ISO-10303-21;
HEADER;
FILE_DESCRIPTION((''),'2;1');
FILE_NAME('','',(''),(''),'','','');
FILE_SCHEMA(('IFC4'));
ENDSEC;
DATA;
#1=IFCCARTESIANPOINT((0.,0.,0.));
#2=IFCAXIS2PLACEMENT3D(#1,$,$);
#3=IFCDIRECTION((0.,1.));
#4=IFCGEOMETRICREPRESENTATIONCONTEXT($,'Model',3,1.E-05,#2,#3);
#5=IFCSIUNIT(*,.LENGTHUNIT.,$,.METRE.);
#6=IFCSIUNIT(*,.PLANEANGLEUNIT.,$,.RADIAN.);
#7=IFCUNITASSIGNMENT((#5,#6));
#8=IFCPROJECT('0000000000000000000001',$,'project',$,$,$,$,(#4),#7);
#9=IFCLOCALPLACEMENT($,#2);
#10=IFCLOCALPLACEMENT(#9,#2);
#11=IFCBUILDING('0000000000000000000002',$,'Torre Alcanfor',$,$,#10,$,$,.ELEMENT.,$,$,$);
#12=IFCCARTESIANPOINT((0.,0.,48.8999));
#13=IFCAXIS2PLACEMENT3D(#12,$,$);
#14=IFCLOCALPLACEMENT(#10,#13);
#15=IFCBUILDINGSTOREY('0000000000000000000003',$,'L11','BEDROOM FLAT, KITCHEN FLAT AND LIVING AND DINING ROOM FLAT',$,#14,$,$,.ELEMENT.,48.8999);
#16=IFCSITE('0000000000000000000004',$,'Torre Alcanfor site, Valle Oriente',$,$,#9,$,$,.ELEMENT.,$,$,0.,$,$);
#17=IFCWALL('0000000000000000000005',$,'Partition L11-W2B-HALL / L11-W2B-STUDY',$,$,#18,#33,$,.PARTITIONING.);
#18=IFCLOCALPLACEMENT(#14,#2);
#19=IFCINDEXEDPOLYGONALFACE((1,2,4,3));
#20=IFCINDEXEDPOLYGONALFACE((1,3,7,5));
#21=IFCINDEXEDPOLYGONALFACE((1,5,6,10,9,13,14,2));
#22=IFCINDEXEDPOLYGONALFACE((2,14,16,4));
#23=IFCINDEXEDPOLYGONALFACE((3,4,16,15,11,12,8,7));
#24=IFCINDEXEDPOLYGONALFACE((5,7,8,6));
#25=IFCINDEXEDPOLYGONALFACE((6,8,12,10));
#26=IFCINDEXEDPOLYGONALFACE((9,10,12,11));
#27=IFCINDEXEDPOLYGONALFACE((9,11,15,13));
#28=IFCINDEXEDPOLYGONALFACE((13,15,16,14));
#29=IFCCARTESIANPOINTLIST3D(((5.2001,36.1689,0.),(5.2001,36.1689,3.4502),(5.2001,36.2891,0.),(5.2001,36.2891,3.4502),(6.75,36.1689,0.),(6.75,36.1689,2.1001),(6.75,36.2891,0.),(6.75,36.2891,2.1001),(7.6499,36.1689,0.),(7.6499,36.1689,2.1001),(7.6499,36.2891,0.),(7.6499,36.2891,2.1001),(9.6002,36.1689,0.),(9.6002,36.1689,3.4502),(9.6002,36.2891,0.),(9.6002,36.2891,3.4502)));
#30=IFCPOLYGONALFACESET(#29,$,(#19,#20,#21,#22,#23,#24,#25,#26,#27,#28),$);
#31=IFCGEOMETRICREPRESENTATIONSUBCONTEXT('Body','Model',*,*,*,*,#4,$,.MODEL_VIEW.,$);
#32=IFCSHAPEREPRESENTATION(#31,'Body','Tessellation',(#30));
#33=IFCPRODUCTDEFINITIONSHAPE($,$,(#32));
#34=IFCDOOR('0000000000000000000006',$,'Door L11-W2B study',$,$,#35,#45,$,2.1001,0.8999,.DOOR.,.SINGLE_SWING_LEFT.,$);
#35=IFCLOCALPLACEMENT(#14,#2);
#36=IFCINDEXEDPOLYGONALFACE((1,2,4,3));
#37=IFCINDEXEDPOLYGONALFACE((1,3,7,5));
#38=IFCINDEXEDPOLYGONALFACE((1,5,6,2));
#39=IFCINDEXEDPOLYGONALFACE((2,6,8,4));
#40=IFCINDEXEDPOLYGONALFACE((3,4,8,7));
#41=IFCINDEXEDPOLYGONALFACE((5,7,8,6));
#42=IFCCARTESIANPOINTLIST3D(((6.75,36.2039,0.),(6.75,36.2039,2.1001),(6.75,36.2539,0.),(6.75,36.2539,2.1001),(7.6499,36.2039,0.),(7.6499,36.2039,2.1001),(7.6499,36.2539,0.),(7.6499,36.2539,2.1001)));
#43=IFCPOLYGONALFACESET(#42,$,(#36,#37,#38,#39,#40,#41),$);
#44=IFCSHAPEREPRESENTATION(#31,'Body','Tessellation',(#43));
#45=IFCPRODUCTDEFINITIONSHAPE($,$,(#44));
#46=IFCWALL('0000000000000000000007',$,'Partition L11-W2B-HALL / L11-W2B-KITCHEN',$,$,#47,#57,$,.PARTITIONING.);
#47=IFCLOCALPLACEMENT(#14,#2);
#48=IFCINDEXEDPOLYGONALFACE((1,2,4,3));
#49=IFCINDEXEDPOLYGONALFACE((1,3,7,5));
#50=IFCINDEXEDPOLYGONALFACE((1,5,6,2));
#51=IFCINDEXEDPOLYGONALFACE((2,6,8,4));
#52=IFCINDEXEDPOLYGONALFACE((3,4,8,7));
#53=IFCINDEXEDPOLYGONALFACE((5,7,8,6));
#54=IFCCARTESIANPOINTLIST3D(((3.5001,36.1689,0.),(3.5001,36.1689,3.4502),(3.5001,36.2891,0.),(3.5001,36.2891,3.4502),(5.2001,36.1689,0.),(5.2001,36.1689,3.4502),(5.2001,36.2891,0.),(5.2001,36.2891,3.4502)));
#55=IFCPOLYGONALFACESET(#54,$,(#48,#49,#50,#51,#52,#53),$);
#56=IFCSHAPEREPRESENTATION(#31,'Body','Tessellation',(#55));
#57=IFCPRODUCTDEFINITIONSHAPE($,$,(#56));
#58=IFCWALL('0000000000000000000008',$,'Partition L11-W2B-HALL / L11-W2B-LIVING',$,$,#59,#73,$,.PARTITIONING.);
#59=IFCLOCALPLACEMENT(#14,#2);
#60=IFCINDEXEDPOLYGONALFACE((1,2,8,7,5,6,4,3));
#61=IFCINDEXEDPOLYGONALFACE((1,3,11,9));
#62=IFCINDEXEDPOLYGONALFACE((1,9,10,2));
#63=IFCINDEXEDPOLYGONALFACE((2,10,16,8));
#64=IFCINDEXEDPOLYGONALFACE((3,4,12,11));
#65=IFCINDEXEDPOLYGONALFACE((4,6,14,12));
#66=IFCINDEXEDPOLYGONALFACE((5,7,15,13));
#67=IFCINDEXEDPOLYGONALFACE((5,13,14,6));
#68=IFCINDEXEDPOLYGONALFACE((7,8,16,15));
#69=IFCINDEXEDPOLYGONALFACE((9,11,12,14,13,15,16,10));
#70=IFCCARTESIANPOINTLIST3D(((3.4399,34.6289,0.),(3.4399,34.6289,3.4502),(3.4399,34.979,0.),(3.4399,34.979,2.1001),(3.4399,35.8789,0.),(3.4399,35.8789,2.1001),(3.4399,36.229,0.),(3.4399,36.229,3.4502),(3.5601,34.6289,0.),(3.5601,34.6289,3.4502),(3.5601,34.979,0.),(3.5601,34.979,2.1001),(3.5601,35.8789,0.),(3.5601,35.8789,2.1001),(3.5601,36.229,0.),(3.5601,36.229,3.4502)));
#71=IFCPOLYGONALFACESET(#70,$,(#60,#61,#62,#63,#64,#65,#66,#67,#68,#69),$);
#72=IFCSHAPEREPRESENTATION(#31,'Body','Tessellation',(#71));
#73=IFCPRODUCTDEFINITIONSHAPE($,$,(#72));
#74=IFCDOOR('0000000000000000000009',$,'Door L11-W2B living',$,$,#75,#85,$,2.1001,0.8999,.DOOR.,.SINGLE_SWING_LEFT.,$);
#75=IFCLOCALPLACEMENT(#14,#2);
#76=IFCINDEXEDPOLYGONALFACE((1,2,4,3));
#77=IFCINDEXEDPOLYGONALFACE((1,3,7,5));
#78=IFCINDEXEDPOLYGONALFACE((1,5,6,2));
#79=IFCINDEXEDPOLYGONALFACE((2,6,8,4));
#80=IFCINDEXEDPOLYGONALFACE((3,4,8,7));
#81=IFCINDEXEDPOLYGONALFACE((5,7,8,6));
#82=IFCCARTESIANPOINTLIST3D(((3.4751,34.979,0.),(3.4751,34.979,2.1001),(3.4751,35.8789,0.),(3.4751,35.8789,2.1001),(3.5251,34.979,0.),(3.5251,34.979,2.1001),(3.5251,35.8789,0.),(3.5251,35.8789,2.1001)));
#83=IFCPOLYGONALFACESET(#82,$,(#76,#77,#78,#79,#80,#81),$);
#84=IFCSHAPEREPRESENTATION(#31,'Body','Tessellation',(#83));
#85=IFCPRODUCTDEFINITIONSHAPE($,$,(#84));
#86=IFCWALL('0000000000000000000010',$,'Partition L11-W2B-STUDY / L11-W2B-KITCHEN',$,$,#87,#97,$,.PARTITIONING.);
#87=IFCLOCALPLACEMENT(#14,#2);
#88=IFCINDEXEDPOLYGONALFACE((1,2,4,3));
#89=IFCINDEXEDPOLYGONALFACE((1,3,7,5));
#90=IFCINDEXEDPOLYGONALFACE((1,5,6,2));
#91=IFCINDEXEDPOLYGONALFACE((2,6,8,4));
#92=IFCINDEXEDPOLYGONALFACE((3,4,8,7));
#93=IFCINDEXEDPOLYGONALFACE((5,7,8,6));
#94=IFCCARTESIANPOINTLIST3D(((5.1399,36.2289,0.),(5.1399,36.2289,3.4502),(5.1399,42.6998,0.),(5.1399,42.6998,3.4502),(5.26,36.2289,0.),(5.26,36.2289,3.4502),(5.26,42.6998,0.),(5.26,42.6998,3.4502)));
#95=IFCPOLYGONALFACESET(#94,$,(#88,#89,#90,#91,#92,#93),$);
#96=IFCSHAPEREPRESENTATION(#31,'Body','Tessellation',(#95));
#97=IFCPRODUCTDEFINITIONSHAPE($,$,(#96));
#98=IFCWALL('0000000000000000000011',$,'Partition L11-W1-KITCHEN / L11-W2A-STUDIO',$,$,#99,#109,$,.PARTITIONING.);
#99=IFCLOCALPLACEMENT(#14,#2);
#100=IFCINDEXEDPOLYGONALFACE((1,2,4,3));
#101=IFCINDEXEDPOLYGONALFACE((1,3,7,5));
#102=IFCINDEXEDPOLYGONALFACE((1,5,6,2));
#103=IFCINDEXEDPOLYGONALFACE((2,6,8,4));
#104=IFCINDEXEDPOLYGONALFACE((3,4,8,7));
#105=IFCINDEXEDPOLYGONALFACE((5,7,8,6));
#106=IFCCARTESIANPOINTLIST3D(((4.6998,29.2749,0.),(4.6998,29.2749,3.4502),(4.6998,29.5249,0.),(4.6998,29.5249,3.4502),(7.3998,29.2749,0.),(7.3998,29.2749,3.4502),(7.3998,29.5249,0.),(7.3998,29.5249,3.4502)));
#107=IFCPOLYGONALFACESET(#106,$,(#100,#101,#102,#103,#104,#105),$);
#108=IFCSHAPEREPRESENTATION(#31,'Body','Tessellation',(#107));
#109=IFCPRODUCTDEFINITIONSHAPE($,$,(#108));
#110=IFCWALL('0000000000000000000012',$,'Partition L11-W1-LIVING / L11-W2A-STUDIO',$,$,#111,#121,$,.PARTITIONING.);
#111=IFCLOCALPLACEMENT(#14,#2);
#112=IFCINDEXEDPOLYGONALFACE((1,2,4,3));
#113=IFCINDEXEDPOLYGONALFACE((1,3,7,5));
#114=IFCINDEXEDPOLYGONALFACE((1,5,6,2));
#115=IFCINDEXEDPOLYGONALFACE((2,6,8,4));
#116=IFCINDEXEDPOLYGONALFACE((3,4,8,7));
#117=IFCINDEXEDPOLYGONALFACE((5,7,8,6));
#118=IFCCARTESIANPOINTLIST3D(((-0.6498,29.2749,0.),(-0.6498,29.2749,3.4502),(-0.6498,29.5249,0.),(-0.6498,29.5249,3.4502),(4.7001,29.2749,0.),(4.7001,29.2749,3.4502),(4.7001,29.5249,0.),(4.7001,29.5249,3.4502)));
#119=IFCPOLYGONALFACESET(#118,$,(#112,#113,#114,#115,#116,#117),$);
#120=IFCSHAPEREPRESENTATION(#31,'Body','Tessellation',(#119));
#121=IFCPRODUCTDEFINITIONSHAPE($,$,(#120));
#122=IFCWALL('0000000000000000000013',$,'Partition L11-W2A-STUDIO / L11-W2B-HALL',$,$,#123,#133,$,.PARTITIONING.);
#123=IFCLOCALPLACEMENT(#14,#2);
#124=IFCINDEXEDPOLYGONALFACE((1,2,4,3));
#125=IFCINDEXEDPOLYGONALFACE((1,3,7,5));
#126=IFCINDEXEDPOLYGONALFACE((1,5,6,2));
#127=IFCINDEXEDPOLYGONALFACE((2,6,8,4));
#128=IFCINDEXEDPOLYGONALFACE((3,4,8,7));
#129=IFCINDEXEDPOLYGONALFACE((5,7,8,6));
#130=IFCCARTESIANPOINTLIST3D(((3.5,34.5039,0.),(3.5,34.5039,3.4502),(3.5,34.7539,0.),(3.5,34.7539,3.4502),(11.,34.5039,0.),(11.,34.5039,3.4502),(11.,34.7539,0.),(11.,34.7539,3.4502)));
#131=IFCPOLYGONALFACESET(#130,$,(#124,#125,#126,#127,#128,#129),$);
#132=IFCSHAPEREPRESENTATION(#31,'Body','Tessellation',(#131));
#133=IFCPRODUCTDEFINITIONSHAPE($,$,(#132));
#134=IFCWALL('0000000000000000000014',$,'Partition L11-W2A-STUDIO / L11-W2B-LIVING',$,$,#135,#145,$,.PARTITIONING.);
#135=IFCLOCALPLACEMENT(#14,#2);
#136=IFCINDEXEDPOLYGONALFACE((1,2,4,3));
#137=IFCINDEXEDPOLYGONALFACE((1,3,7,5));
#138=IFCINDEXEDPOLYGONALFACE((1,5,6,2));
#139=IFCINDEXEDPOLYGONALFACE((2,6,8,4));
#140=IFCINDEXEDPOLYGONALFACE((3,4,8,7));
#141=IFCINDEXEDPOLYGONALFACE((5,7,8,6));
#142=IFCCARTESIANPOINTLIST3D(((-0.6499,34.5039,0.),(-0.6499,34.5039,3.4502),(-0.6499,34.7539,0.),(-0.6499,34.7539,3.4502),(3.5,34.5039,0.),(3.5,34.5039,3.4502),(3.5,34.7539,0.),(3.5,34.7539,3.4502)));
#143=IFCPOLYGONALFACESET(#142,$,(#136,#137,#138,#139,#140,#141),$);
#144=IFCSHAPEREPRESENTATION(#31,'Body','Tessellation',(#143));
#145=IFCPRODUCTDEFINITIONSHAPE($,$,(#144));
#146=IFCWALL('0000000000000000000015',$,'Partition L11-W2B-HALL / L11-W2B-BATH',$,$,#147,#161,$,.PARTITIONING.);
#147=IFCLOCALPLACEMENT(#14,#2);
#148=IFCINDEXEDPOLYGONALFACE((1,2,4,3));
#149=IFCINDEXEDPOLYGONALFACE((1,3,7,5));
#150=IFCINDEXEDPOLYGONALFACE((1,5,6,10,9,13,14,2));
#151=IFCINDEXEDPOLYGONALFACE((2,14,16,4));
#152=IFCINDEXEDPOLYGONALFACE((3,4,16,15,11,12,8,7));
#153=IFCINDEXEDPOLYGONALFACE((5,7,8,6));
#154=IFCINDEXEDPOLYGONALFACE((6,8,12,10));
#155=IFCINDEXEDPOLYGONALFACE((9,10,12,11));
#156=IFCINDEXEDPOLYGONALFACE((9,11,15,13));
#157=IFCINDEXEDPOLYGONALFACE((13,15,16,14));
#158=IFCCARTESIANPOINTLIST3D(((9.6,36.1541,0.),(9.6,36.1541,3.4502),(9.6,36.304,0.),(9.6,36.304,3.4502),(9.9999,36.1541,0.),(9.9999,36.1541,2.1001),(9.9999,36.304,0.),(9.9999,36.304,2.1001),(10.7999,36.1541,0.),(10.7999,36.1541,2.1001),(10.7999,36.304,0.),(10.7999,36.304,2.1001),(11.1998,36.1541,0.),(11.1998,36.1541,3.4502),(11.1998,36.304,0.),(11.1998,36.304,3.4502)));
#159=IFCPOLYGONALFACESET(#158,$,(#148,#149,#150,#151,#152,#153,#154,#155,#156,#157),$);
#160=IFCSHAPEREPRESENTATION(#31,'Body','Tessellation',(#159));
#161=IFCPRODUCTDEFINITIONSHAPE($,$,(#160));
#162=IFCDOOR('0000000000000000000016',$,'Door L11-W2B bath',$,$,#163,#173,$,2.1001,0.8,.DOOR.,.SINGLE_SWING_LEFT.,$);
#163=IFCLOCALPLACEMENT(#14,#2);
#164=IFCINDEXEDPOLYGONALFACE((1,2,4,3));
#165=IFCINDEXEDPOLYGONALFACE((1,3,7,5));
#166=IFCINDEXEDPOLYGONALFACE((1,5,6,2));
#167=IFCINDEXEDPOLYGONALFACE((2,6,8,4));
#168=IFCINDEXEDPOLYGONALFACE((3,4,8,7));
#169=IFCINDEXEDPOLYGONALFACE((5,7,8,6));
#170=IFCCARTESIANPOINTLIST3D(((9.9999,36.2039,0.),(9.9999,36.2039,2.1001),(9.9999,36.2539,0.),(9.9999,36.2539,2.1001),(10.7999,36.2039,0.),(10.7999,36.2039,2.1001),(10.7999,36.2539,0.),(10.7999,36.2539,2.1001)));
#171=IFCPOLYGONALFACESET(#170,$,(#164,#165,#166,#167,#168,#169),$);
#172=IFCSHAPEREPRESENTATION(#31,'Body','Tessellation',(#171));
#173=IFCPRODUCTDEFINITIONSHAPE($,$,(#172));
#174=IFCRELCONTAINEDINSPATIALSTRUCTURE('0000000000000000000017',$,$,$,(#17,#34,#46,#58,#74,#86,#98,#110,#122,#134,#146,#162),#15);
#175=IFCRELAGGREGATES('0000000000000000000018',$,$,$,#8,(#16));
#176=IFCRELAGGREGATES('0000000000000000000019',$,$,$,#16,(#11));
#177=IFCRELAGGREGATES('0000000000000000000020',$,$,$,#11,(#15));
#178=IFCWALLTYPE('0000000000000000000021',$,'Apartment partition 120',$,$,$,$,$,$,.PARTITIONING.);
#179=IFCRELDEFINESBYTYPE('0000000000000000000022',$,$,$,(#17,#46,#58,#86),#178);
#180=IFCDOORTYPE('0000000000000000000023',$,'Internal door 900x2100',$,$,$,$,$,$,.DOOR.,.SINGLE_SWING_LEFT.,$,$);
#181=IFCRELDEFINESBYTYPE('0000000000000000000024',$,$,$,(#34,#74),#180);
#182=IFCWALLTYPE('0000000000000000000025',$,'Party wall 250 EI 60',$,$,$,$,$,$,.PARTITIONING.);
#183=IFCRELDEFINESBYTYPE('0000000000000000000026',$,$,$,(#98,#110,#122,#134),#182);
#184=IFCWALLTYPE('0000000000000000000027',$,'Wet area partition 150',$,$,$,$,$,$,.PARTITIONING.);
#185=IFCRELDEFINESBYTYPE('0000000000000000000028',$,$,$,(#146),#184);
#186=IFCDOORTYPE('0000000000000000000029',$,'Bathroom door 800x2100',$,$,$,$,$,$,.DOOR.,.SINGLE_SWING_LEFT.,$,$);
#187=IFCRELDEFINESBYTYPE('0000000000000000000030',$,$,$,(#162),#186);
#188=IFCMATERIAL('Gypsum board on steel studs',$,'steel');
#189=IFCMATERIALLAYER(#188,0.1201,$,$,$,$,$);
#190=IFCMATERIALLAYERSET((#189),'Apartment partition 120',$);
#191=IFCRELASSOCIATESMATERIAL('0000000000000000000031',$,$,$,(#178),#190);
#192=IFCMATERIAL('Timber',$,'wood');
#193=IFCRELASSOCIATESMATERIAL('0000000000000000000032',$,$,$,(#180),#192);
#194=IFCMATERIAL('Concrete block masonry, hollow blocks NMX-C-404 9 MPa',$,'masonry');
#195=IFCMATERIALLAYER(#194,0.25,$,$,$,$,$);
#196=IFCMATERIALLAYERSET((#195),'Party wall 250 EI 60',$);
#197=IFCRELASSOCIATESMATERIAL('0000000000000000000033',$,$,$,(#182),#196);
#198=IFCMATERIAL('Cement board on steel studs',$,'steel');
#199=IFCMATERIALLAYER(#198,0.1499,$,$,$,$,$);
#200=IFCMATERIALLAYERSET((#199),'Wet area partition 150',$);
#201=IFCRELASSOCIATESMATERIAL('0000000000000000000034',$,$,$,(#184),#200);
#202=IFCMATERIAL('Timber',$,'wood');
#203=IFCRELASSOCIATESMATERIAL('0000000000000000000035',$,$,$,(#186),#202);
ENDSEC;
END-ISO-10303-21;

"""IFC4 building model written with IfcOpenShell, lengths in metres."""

from ifc_helpers import new_model, si_unit, direction, frame, frame_2d, origin, place, context, subcontext, project, spatial, rectangle, extrude, material, layer, layer_set, type_object, element, fill, save


model = new_model("IFC4")

# Units and contexts
model_context = context("Model", 3, precision=1e-05, world=origin(), true_north=direction((0.0, 1.0)))
body_context = subcontext(model_context, "Body", "Model", "MODEL_VIEW")
ifc_project = project(units=[si_unit("LENGTHUNIT", "METRE"), si_unit("PLANEANGLEUNIT", "RADIAN")], contexts=[model_context])

# Site, building, storey
site_placement = place(None, origin())
site = spatial("IfcSite", under=ifc_project, at=site_placement, Name="Torre Alcanfor site, Valle Oriente", CompositionType="ELEMENT", RefElevation=0.0)
building_placement = place(site_placement, origin())
building = spatial("IfcBuilding", under=site, at=building_placement, Name="Torre Alcanfor", CompositionType="ELEMENT")
storey_placement = place(building_placement, frame((0.0, 0.0, 48.8999)))
storey = spatial("IfcBuildingStorey", under=building, at=storey_placement, Name="L11", Description="BEDROOM FLAT, KITCHEN FLAT AND LIVING AND DINING ROOM FLAT", CompositionType="ELEMENT", Elevation=48.8999)

# Shared definitions
ifc_material_1 = material(Name="Gypsum board on steel studs", Category="steel")
ifc_layer_1 = layer(ifc_material_1, 0.1201)
ifc_layer_set_1 = layer_set([ifc_layer_1], Name="Apartment partition 120")
wall_type_1 = type_object("IfcWallType", Name="Apartment partition 120", PredefinedType="PARTITIONING", material=ifc_layer_set_1)

# Wall, opening, door
wall_1_placement = place(storey_placement, frame((5.2, 36.229, 0.0), z_axis=(0.0, 0.0, 1.0), x_axis=(1.0, 0.0, 0.0)))
wall_1 = element("IfcWall", 1, at=wall_1_placement, inside=storey, type_object=wall_type_1, Name="Partition L11-W2B-HALL / L11-W2B-STUDY", PredefinedType="PARTITIONING", context=body_context, shape_type="SweptSolid", body=[
    extrude(rectangle(XDim=4.4001, YDim=0.1201, at=frame_2d((2.2002, 0.0))), origin(), (0.0, 0.0, 1.0), 3.4502),
])
opening_1_placement = place(wall_1_placement, frame((1.55, 0.0, 0.0)))
opening_1 = element("IfcOpeningElement", 2, at=opening_1_placement, cuts=wall_1, PredefinedType="OPENING", context=body_context, shape_type="SweptSolid", body=[
    extrude(rectangle(XDim=0.8999, YDim=2.1001, at=frame_2d((0.45, 1.05))), frame((0.0, 0.0701, 0.0), z_axis=(0.0, -1.0, 0.0), x_axis=(1.0, 0.0, 0.0)), (0.0, 0.0, 1.0), 0.1401),
])
ifc_material_2 = material(Name="Timber", Category="wood")
door_type_1 = type_object("IfcDoorType", Name="Internal door 900x2100", OperationType="SINGLE_SWING_LEFT", PredefinedType="DOOR", material=ifc_material_2)
door_1_placement = place(opening_1_placement, origin())
door_1 = element("IfcDoor", 3, at=door_1_placement, inside=storey, type_object=door_type_1, Name="Door L11-W2B study", OperationType="SINGLE_SWING_LEFT", OverallHeight=2.1001, OverallWidth=0.8999, PredefinedType="DOOR", context=body_context, shape_type="SweptSolid", body=[
    extrude(rectangle(XDim=0.8999, YDim=2.1001, at=frame_2d((0.45, 1.05))), frame((0.0, 0.0249, 0.0), z_axis=(0.0, -1.0, 0.0), x_axis=(1.0, 0.0, 0.0)), (0.0, 0.0, 1.0), 0.05),
])
fill(opening_1, door_1)

# Wall
wall_2_placement = place(storey_placement, frame((3.5, 36.229, 0.0), z_axis=(0.0, 0.0, 1.0), x_axis=(1.0, 0.0, 0.0)))
element("IfcWall", 4, at=wall_2_placement, inside=storey, type_object=wall_type_1, Name="Partition L11-W2B-HALL / L11-W2B-KITCHEN", PredefinedType="PARTITIONING", context=body_context, shape_type="SweptSolid", body=[
    extrude(rectangle(XDim=1.7, YDim=0.1201, at=frame_2d((0.8501, 0.0))), origin(), (0.0, 0.0, 1.0), 3.4502),
])

# Wall, opening, door
wall_3_placement = place(storey_placement, frame((3.5, 34.6289, 0.0), z_axis=(0.0, 0.0, 1.0), x_axis=(0.0, 1.0, 0.0)))
wall_3 = element("IfcWall", 5, at=wall_3_placement, inside=storey, type_object=wall_type_1, Name="Partition L11-W2B-HALL / L11-W2B-LIVING", PredefinedType="PARTITIONING", context=body_context, shape_type="SweptSolid", body=[
    extrude(rectangle(XDim=1.6001, YDim=0.1201, at=frame_2d((0.8, 0.0))), origin(), (0.0, 0.0, 1.0), 3.4502),
])
opening_2_placement = place(wall_3_placement, frame((0.3501, 0.0, 0.0)))
opening_2 = element("IfcOpeningElement", 6, at=opening_2_placement, cuts=wall_3, PredefinedType="OPENING", context=body_context, shape_type="SweptSolid", body=[
    extrude(rectangle(XDim=0.8999, YDim=2.1001, at=frame_2d((0.45, 1.05))), frame((0.0, 0.0701, 0.0), z_axis=(0.0, -1.0, 0.0), x_axis=(1.0, 0.0, 0.0)), (0.0, 0.0, 1.0), 0.1401),
])
door_2_placement = place(opening_2_placement, origin())
door_2 = element("IfcDoor", 7, at=door_2_placement, inside=storey, type_object=door_type_1, Name="Door L11-W2B living", OperationType="SINGLE_SWING_LEFT", OverallHeight=2.1001, OverallWidth=0.8999, PredefinedType="DOOR", context=body_context, shape_type="SweptSolid", body=[
    extrude(rectangle(XDim=0.8999, YDim=2.1001, at=frame_2d((0.45, 1.05))), frame((0.0, 0.0249, 0.0), z_axis=(0.0, -1.0, 0.0), x_axis=(1.0, 0.0, 0.0)), (0.0, 0.0, 1.0), 0.05),
])
fill(opening_2, door_2)

# Walls
wall_4_placement = place(storey_placement, frame((5.2, 36.229, 0.0), z_axis=(0.0, 0.0, 1.0), x_axis=(0.0, 1.0, 0.0)))
element("IfcWall", 8, at=wall_4_placement, inside=storey, type_object=wall_type_1, Name="Partition L11-W2B-STUDY / L11-W2B-KITCHEN", PredefinedType="PARTITIONING", context=body_context, shape_type="SweptSolid", body=[
    extrude(rectangle(XDim=6.4709, YDim=0.1201, at=frame_2d((3.2354, 0.0))), origin(), (0.0, 0.0, 1.0), 3.4502),
])
ifc_material_3 = material(Name="Concrete block masonry, hollow blocks NMX-C-404 9 MPa", Category="masonry")
ifc_layer_2 = layer(ifc_material_3, 0.25)
ifc_layer_set_2 = layer_set([ifc_layer_2], Name="Party wall 250 EI 60")
wall_type_2 = type_object("IfcWallType", Name="Party wall 250 EI 60", PredefinedType="PARTITIONING", material=ifc_layer_set_2)
wall_5_placement = place(storey_placement, frame((7.3999, 29.3999, 0.0), z_axis=(0.0, 0.0, 1.0), x_axis=(-1.0, 0.0, 0.0)))
element("IfcWall", 9, at=wall_5_placement, inside=storey, type_object=wall_type_2, Name="Partition L11-W1-KITCHEN / L11-W2A-STUDIO", PredefinedType="PARTITIONING", context=body_context, shape_type="SweptSolid", body=[
    extrude(rectangle(XDim=2.7, YDim=0.25, at=frame_2d((1.3501, 0.0))), origin(), (0.0, 0.0, 1.0), 3.4502),
])
wall_6_placement = place(storey_placement, frame((4.7, 29.3999, 0.0), z_axis=(0.0, 0.0, 1.0), x_axis=(-1.0, 0.0, 0.0)))
element("IfcWall", 10, at=wall_6_placement, inside=storey, type_object=wall_type_2, Name="Partition L11-W1-LIVING / L11-W2A-STUDIO", PredefinedType="PARTITIONING", context=body_context, shape_type="SweptSolid", body=[
    extrude(rectangle(XDim=5.3499, YDim=0.25, at=frame_2d((2.6748, 0.0))), origin(), (0.0, 0.0, 1.0), 3.4502),
])
wall_7_placement = place(storey_placement, frame((3.5, 34.6289, 0.0), z_axis=(0.0, 0.0, 1.0), x_axis=(1.0, 0.0, 0.0)))
element("IfcWall", 11, at=wall_7_placement, inside=storey, type_object=wall_type_2, Name="Partition L11-W2A-STUDIO / L11-W2B-HALL", PredefinedType="PARTITIONING", context=body_context, shape_type="SweptSolid", body=[
    extrude(rectangle(XDim=7.5, YDim=0.25, at=frame_2d((3.75, 0.0))), origin(), (0.0, 0.0, 1.0), 3.4502),
])
wall_8_placement = place(storey_placement, frame((-0.6499, 34.6289, 0.0), z_axis=(0.0, 0.0, 1.0), x_axis=(1.0, 0.0, 0.0)))
element("IfcWall", 12, at=wall_8_placement, inside=storey, type_object=wall_type_2, Name="Partition L11-W2A-STUDIO / L11-W2B-LIVING", PredefinedType="PARTITIONING", context=body_context, shape_type="SweptSolid", body=[
    extrude(rectangle(XDim=4.1499, YDim=0.25, at=frame_2d((2.075, 0.0))), origin(), (0.0, 0.0, 1.0), 3.4502),
])

# Wall, opening, door
ifc_material_4 = material(Name="Cement board on steel studs", Category="steel")
ifc_layer_3 = layer(ifc_material_4, 0.1499)
ifc_layer_set_3 = layer_set([ifc_layer_3], Name="Wet area partition 150")
wall_type_3 = type_object("IfcWallType", Name="Wet area partition 150", PredefinedType="PARTITIONING", material=ifc_layer_set_3)
wall_9_placement = place(storey_placement, frame((9.6001, 36.229, 0.0), z_axis=(0.0, 0.0, 1.0), x_axis=(1.0, 0.0, 0.0)))
wall_9 = element("IfcWall", 13, at=wall_9_placement, inside=storey, type_object=wall_type_3, Name="Partition L11-W2B-HALL / L11-W2B-BATH", PredefinedType="PARTITIONING", context=body_context, shape_type="SweptSolid", body=[
    extrude(rectangle(XDim=1.5999, YDim=0.1499, at=frame_2d((0.7998, 0.0))), origin(), (0.0, 0.0, 1.0), 3.4502),
])
opening_3_placement = place(wall_9_placement, frame((0.3999, 0.0, 0.0)))
opening_3 = element("IfcOpeningElement", 14, at=opening_3_placement, cuts=wall_9, PredefinedType="OPENING", context=body_context, shape_type="SweptSolid", body=[
    extrude(rectangle(XDim=0.8, YDim=2.1001, at=frame_2d((0.3999, 1.05))), frame((0.0, 0.085, 0.0), z_axis=(0.0, -1.0, 0.0), x_axis=(1.0, 0.0, 0.0)), (0.0, 0.0, 1.0), 0.1699),
])
ifc_material_5 = material(Name="Timber", Category="wood")
door_type_2 = type_object("IfcDoorType", Name="Bathroom door 800x2100", OperationType="SINGLE_SWING_LEFT", PredefinedType="DOOR", material=ifc_material_5)
door_3_placement = place(opening_3_placement, origin())
door_3 = element("IfcDoor", 15, at=door_3_placement, inside=storey, type_object=door_type_2, Name="Door L11-W2B bath", OperationType="SINGLE_SWING_LEFT", OverallHeight=2.1001, OverallWidth=0.8, PredefinedType="DOOR", context=body_context, shape_type="SweptSolid", body=[
    extrude(rectangle(XDim=0.8, YDim=2.1001, at=frame_2d((0.3999, 1.05))), frame((0.0, 0.0249, 0.0), z_axis=(0.0, -1.0, 0.0), x_axis=(1.0, 0.0, 0.0)), (0.0, 0.0, 1.0), 0.05),
])
fill(opening_3, door_3)

save(model, "model.ifc")
